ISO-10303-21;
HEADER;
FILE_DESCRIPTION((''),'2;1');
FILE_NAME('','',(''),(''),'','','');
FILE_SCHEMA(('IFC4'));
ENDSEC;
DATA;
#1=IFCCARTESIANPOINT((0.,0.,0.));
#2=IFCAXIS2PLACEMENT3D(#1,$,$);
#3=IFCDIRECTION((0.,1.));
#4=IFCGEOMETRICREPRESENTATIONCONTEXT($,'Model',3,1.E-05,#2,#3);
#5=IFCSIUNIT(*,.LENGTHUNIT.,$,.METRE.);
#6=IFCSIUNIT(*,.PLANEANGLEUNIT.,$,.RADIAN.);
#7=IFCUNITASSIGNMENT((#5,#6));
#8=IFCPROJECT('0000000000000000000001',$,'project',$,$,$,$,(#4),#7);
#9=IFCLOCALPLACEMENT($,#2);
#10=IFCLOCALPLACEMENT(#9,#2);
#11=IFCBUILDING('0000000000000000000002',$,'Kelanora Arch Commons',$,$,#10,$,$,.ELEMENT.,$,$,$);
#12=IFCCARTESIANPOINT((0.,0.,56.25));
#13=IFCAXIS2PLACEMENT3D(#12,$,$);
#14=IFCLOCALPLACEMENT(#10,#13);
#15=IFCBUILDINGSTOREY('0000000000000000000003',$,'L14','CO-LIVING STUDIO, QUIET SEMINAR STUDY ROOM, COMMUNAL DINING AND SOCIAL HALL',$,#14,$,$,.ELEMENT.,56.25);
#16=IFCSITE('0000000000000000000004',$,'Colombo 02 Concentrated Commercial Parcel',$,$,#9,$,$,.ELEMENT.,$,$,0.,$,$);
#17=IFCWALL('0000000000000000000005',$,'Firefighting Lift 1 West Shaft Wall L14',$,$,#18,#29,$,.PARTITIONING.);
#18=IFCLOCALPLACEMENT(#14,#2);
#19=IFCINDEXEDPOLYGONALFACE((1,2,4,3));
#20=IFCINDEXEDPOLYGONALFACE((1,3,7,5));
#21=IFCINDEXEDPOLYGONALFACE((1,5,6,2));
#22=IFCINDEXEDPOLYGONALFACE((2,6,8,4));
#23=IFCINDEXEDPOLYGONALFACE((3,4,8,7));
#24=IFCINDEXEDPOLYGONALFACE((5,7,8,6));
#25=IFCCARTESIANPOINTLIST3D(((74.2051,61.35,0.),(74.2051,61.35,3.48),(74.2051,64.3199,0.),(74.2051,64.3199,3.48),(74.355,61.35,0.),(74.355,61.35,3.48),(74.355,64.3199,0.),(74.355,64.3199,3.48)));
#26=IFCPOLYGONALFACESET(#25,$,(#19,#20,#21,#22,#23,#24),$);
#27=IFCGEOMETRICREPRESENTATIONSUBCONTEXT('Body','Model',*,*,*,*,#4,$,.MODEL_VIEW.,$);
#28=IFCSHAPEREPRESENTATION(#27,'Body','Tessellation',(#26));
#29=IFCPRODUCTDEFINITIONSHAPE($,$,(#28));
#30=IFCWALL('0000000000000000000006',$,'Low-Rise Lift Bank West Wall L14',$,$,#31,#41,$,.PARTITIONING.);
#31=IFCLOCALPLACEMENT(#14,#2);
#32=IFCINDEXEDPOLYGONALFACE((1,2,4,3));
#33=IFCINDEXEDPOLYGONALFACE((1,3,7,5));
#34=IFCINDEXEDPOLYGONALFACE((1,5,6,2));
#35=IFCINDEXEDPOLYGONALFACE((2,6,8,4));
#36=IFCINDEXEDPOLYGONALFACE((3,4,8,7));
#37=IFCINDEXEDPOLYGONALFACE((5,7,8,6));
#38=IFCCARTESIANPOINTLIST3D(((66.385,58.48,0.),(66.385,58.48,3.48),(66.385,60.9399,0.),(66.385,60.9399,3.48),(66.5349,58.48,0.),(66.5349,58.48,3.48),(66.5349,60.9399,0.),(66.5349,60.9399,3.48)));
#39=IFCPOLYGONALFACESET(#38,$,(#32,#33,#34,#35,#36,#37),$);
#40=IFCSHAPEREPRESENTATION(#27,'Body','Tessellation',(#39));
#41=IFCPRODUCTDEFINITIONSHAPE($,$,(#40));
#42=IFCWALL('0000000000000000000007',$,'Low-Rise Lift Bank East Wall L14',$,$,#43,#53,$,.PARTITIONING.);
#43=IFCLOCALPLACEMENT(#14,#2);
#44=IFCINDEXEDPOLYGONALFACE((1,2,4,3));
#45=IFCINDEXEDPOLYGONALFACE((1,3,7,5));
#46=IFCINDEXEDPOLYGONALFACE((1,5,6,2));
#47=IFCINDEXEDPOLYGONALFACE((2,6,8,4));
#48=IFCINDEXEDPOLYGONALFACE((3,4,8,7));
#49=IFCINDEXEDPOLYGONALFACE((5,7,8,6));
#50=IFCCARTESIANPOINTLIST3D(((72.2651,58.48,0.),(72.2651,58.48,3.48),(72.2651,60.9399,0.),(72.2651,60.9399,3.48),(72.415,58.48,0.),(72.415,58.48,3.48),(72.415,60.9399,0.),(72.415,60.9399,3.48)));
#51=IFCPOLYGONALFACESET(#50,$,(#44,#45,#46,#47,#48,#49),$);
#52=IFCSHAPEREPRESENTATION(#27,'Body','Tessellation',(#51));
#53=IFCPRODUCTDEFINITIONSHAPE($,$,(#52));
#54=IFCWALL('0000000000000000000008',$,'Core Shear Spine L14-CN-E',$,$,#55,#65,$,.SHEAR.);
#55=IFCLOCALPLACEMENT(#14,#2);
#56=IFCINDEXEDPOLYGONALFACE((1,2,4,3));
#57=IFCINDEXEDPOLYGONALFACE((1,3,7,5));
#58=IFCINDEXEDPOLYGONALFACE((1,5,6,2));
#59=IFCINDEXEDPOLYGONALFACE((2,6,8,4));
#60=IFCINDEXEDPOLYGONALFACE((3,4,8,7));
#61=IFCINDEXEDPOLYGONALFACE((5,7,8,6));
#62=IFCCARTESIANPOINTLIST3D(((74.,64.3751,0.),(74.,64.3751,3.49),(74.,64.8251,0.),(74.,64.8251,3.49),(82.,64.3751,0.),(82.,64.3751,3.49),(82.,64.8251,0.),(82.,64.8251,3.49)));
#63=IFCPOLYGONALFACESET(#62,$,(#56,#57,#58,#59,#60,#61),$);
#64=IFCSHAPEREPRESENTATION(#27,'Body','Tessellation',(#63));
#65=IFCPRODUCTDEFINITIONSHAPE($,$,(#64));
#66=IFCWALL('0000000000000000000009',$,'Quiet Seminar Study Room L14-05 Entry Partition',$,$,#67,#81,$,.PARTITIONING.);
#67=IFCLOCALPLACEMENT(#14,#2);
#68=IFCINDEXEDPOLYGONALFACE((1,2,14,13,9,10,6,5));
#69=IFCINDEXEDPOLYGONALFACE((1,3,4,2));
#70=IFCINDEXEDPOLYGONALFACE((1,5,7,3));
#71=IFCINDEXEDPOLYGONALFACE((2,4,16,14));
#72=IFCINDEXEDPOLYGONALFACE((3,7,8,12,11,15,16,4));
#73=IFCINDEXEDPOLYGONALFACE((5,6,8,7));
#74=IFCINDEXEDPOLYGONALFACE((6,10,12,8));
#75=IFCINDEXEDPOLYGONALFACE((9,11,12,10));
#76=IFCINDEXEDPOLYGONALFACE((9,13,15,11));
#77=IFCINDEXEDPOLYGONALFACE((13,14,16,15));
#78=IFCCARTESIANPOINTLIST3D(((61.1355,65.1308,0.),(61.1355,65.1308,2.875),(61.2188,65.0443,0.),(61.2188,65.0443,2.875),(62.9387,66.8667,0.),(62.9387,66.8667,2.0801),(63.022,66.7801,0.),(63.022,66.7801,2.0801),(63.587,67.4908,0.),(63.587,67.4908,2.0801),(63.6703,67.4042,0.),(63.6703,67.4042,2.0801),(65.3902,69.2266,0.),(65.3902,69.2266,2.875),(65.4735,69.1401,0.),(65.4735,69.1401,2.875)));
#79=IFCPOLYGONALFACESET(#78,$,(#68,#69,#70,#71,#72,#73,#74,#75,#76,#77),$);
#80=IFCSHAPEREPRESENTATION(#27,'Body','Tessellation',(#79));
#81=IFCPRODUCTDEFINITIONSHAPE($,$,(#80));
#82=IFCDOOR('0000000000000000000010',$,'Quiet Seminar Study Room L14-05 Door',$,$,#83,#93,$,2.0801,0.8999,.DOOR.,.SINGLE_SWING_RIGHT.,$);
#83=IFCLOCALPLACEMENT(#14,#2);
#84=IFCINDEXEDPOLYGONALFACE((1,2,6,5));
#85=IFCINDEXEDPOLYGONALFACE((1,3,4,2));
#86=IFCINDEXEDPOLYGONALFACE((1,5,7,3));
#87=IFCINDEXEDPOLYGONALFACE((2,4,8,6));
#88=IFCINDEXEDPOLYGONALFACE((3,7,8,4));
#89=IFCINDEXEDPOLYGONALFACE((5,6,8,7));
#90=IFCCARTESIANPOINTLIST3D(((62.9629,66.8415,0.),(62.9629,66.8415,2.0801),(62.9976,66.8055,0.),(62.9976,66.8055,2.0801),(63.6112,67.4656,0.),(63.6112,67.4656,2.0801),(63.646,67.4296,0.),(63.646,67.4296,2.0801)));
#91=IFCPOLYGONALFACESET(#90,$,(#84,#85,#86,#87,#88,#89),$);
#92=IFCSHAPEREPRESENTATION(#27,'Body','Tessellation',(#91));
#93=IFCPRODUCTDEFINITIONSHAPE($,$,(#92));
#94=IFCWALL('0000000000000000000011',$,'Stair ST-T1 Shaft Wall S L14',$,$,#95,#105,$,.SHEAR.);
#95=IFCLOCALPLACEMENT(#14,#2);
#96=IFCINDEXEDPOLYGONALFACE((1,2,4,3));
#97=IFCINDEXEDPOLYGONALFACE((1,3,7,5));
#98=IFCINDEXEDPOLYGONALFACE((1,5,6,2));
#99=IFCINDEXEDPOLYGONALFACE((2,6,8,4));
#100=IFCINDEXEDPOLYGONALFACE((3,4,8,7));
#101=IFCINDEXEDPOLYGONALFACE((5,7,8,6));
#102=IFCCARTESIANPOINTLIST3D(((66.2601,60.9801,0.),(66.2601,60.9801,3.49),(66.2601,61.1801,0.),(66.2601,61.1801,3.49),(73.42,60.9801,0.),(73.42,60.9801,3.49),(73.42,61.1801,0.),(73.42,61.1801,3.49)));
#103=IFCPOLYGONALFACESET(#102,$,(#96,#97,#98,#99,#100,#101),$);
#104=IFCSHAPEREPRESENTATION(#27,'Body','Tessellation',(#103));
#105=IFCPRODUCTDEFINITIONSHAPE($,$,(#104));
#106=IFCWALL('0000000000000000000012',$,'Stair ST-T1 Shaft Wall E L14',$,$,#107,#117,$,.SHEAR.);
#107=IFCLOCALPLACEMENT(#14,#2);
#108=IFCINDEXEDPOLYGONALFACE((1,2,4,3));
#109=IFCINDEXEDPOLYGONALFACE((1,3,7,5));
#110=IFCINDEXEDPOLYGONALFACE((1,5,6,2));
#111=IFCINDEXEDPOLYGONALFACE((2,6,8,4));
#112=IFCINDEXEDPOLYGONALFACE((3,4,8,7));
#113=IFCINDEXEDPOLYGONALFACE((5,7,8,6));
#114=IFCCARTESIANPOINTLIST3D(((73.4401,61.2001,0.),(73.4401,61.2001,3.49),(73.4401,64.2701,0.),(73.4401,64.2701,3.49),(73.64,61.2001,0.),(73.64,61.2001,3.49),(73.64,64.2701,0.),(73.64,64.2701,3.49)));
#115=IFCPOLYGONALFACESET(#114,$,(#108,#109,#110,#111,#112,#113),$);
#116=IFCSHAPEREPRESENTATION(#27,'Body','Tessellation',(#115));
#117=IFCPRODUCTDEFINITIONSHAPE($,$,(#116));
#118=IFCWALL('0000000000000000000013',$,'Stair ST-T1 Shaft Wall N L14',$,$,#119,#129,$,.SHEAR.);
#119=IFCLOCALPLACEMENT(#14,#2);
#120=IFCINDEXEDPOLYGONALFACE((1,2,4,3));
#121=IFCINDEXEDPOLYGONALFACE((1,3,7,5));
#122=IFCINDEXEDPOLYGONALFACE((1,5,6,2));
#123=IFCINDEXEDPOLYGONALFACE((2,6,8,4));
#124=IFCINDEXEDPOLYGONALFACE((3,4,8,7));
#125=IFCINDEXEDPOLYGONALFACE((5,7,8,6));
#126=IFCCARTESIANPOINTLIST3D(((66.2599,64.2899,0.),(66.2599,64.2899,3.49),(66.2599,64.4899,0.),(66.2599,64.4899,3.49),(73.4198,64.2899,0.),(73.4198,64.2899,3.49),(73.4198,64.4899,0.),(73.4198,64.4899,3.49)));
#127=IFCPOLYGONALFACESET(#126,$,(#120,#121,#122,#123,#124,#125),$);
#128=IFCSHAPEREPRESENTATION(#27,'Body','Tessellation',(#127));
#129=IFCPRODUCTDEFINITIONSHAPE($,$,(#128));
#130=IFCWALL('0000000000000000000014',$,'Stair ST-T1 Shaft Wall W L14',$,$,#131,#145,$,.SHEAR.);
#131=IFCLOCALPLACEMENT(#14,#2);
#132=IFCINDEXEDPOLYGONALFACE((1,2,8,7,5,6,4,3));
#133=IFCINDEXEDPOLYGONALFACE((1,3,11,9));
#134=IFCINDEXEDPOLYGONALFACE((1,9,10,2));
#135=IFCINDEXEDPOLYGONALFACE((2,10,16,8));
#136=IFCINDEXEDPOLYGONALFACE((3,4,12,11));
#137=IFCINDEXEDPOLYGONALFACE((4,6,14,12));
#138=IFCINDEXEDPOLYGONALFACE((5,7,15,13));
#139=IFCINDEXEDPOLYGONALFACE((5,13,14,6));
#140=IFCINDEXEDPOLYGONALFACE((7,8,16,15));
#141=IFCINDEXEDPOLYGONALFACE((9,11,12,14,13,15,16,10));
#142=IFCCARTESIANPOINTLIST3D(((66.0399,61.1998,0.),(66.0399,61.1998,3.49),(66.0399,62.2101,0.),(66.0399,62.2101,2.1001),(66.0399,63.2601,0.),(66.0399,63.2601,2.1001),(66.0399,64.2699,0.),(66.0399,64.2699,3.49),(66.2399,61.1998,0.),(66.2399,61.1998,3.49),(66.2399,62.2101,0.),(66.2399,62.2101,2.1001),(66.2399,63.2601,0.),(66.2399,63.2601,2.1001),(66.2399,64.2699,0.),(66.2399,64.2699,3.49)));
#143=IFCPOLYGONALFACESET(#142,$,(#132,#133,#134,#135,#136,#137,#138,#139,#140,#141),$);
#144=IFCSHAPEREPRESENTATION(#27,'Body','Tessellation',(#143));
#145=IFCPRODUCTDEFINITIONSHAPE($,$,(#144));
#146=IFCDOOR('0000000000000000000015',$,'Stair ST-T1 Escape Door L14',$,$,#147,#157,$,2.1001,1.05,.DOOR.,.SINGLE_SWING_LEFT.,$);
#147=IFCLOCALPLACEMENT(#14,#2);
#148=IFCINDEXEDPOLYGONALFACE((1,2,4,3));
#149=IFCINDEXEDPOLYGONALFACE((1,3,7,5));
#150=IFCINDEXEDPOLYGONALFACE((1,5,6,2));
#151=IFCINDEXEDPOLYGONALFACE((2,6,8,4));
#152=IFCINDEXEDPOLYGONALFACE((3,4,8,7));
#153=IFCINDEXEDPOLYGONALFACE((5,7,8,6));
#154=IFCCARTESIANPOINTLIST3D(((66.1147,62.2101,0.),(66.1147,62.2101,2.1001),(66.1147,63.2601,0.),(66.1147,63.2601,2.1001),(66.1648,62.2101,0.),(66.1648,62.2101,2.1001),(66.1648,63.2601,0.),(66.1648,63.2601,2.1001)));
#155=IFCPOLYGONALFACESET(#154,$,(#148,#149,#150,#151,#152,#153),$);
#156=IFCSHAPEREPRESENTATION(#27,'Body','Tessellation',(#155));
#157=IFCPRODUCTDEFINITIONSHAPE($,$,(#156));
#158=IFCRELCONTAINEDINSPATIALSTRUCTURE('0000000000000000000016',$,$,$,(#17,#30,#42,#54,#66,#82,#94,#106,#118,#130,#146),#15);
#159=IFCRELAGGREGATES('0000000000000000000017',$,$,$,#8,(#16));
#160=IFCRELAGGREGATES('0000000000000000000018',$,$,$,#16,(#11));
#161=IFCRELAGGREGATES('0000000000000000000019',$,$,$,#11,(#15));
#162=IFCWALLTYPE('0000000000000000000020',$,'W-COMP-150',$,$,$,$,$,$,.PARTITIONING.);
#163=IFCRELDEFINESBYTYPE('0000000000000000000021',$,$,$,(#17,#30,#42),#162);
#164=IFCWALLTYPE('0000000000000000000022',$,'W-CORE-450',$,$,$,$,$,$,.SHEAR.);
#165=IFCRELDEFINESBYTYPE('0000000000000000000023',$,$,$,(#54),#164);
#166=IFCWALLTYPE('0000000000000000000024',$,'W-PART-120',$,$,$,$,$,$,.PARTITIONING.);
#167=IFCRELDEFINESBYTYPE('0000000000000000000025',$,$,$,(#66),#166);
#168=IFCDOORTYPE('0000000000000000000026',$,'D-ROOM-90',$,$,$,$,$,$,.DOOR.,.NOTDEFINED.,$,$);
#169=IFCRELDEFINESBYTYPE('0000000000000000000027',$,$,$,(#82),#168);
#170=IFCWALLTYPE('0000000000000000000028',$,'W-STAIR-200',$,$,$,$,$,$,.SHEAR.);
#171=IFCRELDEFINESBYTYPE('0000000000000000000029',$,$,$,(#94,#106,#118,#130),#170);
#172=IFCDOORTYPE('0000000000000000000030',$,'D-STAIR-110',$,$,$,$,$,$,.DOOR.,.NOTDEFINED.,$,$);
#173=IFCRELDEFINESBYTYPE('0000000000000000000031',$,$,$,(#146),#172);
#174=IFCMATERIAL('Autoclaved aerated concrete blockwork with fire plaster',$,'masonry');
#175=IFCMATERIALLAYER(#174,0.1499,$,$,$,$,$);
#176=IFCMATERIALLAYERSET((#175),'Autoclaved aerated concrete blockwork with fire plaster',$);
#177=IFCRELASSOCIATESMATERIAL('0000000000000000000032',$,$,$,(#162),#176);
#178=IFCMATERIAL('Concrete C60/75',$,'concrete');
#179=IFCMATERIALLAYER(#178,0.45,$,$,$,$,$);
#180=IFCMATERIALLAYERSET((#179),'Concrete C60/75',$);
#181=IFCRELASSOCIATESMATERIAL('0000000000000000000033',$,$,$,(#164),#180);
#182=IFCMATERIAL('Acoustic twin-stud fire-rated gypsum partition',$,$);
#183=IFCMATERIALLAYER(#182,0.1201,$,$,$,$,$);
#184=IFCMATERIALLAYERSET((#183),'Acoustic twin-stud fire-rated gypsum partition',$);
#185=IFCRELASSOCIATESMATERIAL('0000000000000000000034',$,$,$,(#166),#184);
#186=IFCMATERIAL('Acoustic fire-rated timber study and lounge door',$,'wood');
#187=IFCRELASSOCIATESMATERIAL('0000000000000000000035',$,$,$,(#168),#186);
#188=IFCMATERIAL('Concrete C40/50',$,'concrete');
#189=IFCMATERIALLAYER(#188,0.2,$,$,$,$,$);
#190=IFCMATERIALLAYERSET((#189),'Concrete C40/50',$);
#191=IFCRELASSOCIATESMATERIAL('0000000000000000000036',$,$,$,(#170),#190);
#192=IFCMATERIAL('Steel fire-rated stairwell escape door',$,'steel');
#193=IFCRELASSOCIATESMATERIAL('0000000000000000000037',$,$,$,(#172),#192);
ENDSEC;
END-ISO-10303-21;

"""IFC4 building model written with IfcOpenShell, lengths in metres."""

from ifc_helpers import new_model, si_unit, direction, frame, frame_2d, origin, place, context, subcontext, project, spatial, rectangle, extrude, material, layer, layer_set, type_object, element, fill, save


model = new_model("IFC4")

# Units and contexts
model_context = context("Model", 3, precision=1e-05, world=origin(), true_north=direction((0.0, 1.0)))
body_context = subcontext(model_context, "Body", "Model", "MODEL_VIEW")
ifc_project = project(units=[si_unit("LENGTHUNIT", "METRE"), si_unit("PLANEANGLEUNIT", "RADIAN")], contexts=[model_context])

# Site, building, storey
site_placement = place(None, origin())
site = spatial("IfcSite", under=ifc_project, at=site_placement, Name="Colombo 02 Concentrated Commercial Parcel", CompositionType="ELEMENT", RefElevation=0.0)
building_placement = place(site_placement, origin())
building = spatial("IfcBuilding", under=site, at=building_placement, Name="Kelanora Arch Commons", CompositionType="ELEMENT")
storey_placement = place(building_placement, frame((0.0, 0.0, 56.25)))
storey = spatial("IfcBuildingStorey", under=building, at=storey_placement, Name="L14", Description="CO-LIVING STUDIO, QUIET SEMINAR STUDY ROOM, COMMUNAL DINING AND SOCIAL HALL", CompositionType="ELEMENT", Elevation=56.25)

# Shared definitions
ifc_material_1 = material(Name="Concrete C60/75", Category="concrete")

# Walls
ifc_material_2 = material(Name="Autoclaved aerated concrete blockwork with fire plaster", Category="masonry")
ifc_layer_1 = layer(ifc_material_2, 0.1499)
ifc_layer_set_1 = layer_set([ifc_layer_1], Name="Autoclaved aerated concrete blockwork with fire plaster")
wall_type_1 = type_object("IfcWallType", Name="W-COMP-150", PredefinedType="PARTITIONING", material=ifc_layer_set_1)
wall_1_placement = place(storey_placement, frame((74.28, 61.3501, 0.0), z_axis=(0.0, 0.0, 1.0), x_axis=(0.0, 1.0, 0.0)))
element("IfcWall", 1, at=wall_1_placement, inside=storey, type_object=wall_type_1, Name="Firefighting Lift 1 West Shaft Wall L14", PredefinedType="PARTITIONING", context=body_context, shape_type="SweptSolid", body=[
    extrude(rectangle(XDim=2.97, YDim=0.1499, at=frame_2d((1.4849, 0.0))), origin(), (0.0, 0.0, 1.0), 3.48),
])
for number, where, z_axis, x_axis, name in (
    (2, (66.46, 58.48, 0.0), (0.0, 0.0, 1.0), (0.0, 1.0, 0.0), "Low-Rise Lift Bank West Wall L14"),
    (3, (72.3401, 58.48, 0.0), (0.0, 0.0, 1.0), (0.0, 1.0, 0.0), "Low-Rise Lift Bank East Wall L14"),
):
    element("IfcWall", number, at=place(storey_placement, frame(where, z_axis=z_axis, x_axis=x_axis)), inside=storey, type_object=wall_type_1, Name=name, PredefinedType="PARTITIONING", context=body_context, shape_type="SweptSolid", body=[
        extrude(rectangle(XDim=2.46, YDim=0.1499, at=frame_2d((1.23, 0.0))), origin(), (0.0, 0.0, 1.0), 3.48),
    ])
ifc_layer_2 = layer(ifc_material_1, 0.45)
ifc_layer_set_2 = layer_set([ifc_layer_2], Name="Concrete C60/75")
wall_type_2 = type_object("IfcWallType", Name="W-CORE-450", PredefinedType="SHEAR", material=ifc_layer_set_2)
wall_2_placement = place(storey_placement, frame((74.0, 64.6001, 0.0), z_axis=(0.0, 0.0, 1.0), x_axis=(1.0, 0.0, 0.0)))
element("IfcWall", 4, at=wall_2_placement, inside=storey, type_object=wall_type_2, Name="Core Shear Spine L14-CN-E", PredefinedType="SHEAR", context=body_context, shape_type="SweptSolid", body=[
    extrude(rectangle(XDim=8.0, YDim=0.45, at=frame_2d((4.0, 0.0))), origin(), (0.0, 0.0, 1.0), 3.49),
])

# Wall, opening, door
ifc_material_3 = material(Name="Concrete C40/50", Category="concrete")
ifc_material_4 = material(Name="Acoustic twin-stud fire-rated gypsum partition")
ifc_layer_3 = layer(ifc_material_4, 0.1201)
ifc_layer_set_3 = layer_set([ifc_layer_3], Name="Acoustic twin-stud fire-rated gypsum partition")
wall_type_3 = type_object("IfcWallType", Name="W-PART-120", PredefinedType="PARTITIONING", material=ifc_layer_set_3)
wall_3_placement = place(storey_placement, frame((65.4319, 69.1833, 0.0), z_axis=(0.0, 0.0, 1.0), x_axis=(-0.720435, -0.693523, 0.0)))
wall_3 = element("IfcWall", 5, at=wall_3_placement, inside=storey, type_object=wall_type_3, Name="Quiet Seminar Study Room L14-05 Entry Partition", PredefinedType="PARTITIONING", context=body_context, shape_type="SweptSolid", body=[
    extrude(rectangle(XDim=5.9058, YDim=0.1201, at=frame_2d((2.9529, 0.0))), origin(), (0.0, 0.0, 1.0), 2.875),
])
opening_1_placement = place(wall_3_placement, frame((2.5029, 0.0, 0.0)))
opening_1 = element("IfcOpeningElement", 6, at=opening_1_placement, cuts=wall_3, PredefinedType="OPENING", context=body_context, shape_type="SweptSolid", body=[
    extrude(rectangle(XDim=0.8999, YDim=2.0801, at=frame_2d((0.45, 1.04))), frame((0.0, 0.0701, 0.0), z_axis=(0.0, -1.0, 0.0), x_axis=(1.0, 0.0, 0.0)), (0.0, 0.0, 1.0), 0.1401),
])
ifc_material_5 = material(Name="Acoustic fire-rated timber study and lounge door", Category="wood")
door_type_1 = type_object("IfcDoorType", Name="D-ROOM-90", OperationType="NOTDEFINED", PredefinedType="DOOR", material=ifc_material_5)
door_1_placement = place(opening_1_placement, origin())
door_1 = element("IfcDoor", 7, at=door_1_placement, inside=storey, type_object=door_type_1, Name="Quiet Seminar Study Room L14-05 Door", OperationType="SINGLE_SWING_RIGHT", OverallHeight=2.0801, OverallWidth=0.8999, PredefinedType="DOOR", context=body_context, shape_type="SweptSolid", body=[
    extrude(rectangle(XDim=0.8999, YDim=2.0801, at=frame_2d((0.45, 1.04))), frame((0.0, 0.0249, 0.0), z_axis=(0.0, -1.0, 0.0), x_axis=(1.0, 0.0, 0.0)), (0.0, 0.0, 1.0), 0.05),
])
fill(opening_1, door_1)

# Walls
ifc_layer_4 = layer(ifc_material_3, 0.2)
ifc_layer_set_4 = layer_set([ifc_layer_4], Name="Concrete C40/50")
wall_type_4 = type_object("IfcWallType", Name="W-STAIR-200", PredefinedType="SHEAR", material=ifc_layer_set_4)
wall_4_placement = place(storey_placement, frame((66.26, 61.0801, 0.0), z_axis=(0.0, 0.0, 1.0), x_axis=(1.0, 0.0, 0.0)))
element("IfcWall", 8, at=wall_4_placement, inside=storey, type_object=wall_type_4, Name="Stair ST-T1 Shaft Wall S L14", PredefinedType="SHEAR", context=body_context, shape_type="SweptSolid", body=[
    extrude(rectangle(XDim=7.1599, YDim=0.2, at=frame_2d((3.5801, 0.0))), origin(), (0.0, 0.0, 1.0), 3.49),
])
wall_5_placement = place(storey_placement, frame((73.54, 61.2, 0.0), z_axis=(0.0, 0.0, 1.0), x_axis=(0.0, 1.0, 0.0)))
element("IfcWall", 9, at=wall_5_placement, inside=storey, type_object=wall_type_4, Name="Stair ST-T1 Shaft Wall E L14", PredefinedType="SHEAR", context=body_context, shape_type="SweptSolid", body=[
    extrude(rectangle(XDim=3.0701, YDim=0.2, at=frame_2d((1.5352, 0.0))), origin(), (0.0, 0.0, 1.0), 3.49),
])
wall_6_placement = place(storey_placement, frame((73.4199, 64.3899, 0.0), z_axis=(0.0, 0.0, 1.0), x_axis=(-1.0, 0.0, 0.0)))
element("IfcWall", 10, at=wall_6_placement, inside=storey, type_object=wall_type_4, Name="Stair ST-T1 Shaft Wall N L14", PredefinedType="SHEAR", context=body_context, shape_type="SweptSolid", body=[
    extrude(rectangle(XDim=7.1599, YDim=0.2, at=frame_2d((3.5801, 0.0))), origin(), (0.0, 0.0, 1.0), 3.49),
])

# Wall, opening, door
wall_7_placement = place(storey_placement, frame((66.1399, 64.27, 0.0), z_axis=(0.0, 0.0, 1.0), x_axis=(0.0, -1.0, 0.0)))
wall_7 = element("IfcWall", 11, at=wall_7_placement, inside=storey, type_object=wall_type_4, Name="Stair ST-T1 Shaft Wall W L14", PredefinedType="SHEAR", context=body_context, shape_type="SweptSolid", body=[
    extrude(rectangle(XDim=3.0701, YDim=0.2, at=frame_2d((1.5352, 0.0))), origin(), (0.0, 0.0, 1.0), 3.49),
])
opening_2_placement = place(wall_7_placement, frame((1.01, 0.0, 0.0)))
opening_2 = element("IfcOpeningElement", 12, at=opening_2_placement, cuts=wall_7, PredefinedType="OPENING", context=body_context, shape_type="SweptSolid", body=[
    extrude(rectangle(XDim=1.05, YDim=2.1001, at=frame_2d((0.5249, 1.05))), frame((0.0, 0.1099, 0.0), z_axis=(0.0, -1.0, 0.0), x_axis=(1.0, 0.0, 0.0)), (0.0, 0.0, 1.0), 0.22),
])
ifc_material_6 = material(Name="Steel fire-rated stairwell escape door", Category="steel")
door_type_2 = type_object("IfcDoorType", Name="D-STAIR-110", OperationType="NOTDEFINED", PredefinedType="DOOR", material=ifc_material_6)
door_2_placement = place(opening_2_placement, origin())
door_2 = element("IfcDoor", 13, at=door_2_placement, inside=storey, type_object=door_type_2, Name="Stair ST-T1 Escape Door L14", OperationType="SINGLE_SWING_LEFT", OverallHeight=2.1001, OverallWidth=1.05, PredefinedType="DOOR", context=body_context, shape_type="SweptSolid", body=[
    extrude(rectangle(XDim=1.05, YDim=2.1001, at=frame_2d((0.5249, 1.05))), frame((0.0, 0.0249, 0.0), z_axis=(0.0, -1.0, 0.0), x_axis=(1.0, 0.0, 0.0)), (0.0, 0.0, 1.0), 0.05),
])
fill(opening_2, door_2)

save(model, "model.ifc")
